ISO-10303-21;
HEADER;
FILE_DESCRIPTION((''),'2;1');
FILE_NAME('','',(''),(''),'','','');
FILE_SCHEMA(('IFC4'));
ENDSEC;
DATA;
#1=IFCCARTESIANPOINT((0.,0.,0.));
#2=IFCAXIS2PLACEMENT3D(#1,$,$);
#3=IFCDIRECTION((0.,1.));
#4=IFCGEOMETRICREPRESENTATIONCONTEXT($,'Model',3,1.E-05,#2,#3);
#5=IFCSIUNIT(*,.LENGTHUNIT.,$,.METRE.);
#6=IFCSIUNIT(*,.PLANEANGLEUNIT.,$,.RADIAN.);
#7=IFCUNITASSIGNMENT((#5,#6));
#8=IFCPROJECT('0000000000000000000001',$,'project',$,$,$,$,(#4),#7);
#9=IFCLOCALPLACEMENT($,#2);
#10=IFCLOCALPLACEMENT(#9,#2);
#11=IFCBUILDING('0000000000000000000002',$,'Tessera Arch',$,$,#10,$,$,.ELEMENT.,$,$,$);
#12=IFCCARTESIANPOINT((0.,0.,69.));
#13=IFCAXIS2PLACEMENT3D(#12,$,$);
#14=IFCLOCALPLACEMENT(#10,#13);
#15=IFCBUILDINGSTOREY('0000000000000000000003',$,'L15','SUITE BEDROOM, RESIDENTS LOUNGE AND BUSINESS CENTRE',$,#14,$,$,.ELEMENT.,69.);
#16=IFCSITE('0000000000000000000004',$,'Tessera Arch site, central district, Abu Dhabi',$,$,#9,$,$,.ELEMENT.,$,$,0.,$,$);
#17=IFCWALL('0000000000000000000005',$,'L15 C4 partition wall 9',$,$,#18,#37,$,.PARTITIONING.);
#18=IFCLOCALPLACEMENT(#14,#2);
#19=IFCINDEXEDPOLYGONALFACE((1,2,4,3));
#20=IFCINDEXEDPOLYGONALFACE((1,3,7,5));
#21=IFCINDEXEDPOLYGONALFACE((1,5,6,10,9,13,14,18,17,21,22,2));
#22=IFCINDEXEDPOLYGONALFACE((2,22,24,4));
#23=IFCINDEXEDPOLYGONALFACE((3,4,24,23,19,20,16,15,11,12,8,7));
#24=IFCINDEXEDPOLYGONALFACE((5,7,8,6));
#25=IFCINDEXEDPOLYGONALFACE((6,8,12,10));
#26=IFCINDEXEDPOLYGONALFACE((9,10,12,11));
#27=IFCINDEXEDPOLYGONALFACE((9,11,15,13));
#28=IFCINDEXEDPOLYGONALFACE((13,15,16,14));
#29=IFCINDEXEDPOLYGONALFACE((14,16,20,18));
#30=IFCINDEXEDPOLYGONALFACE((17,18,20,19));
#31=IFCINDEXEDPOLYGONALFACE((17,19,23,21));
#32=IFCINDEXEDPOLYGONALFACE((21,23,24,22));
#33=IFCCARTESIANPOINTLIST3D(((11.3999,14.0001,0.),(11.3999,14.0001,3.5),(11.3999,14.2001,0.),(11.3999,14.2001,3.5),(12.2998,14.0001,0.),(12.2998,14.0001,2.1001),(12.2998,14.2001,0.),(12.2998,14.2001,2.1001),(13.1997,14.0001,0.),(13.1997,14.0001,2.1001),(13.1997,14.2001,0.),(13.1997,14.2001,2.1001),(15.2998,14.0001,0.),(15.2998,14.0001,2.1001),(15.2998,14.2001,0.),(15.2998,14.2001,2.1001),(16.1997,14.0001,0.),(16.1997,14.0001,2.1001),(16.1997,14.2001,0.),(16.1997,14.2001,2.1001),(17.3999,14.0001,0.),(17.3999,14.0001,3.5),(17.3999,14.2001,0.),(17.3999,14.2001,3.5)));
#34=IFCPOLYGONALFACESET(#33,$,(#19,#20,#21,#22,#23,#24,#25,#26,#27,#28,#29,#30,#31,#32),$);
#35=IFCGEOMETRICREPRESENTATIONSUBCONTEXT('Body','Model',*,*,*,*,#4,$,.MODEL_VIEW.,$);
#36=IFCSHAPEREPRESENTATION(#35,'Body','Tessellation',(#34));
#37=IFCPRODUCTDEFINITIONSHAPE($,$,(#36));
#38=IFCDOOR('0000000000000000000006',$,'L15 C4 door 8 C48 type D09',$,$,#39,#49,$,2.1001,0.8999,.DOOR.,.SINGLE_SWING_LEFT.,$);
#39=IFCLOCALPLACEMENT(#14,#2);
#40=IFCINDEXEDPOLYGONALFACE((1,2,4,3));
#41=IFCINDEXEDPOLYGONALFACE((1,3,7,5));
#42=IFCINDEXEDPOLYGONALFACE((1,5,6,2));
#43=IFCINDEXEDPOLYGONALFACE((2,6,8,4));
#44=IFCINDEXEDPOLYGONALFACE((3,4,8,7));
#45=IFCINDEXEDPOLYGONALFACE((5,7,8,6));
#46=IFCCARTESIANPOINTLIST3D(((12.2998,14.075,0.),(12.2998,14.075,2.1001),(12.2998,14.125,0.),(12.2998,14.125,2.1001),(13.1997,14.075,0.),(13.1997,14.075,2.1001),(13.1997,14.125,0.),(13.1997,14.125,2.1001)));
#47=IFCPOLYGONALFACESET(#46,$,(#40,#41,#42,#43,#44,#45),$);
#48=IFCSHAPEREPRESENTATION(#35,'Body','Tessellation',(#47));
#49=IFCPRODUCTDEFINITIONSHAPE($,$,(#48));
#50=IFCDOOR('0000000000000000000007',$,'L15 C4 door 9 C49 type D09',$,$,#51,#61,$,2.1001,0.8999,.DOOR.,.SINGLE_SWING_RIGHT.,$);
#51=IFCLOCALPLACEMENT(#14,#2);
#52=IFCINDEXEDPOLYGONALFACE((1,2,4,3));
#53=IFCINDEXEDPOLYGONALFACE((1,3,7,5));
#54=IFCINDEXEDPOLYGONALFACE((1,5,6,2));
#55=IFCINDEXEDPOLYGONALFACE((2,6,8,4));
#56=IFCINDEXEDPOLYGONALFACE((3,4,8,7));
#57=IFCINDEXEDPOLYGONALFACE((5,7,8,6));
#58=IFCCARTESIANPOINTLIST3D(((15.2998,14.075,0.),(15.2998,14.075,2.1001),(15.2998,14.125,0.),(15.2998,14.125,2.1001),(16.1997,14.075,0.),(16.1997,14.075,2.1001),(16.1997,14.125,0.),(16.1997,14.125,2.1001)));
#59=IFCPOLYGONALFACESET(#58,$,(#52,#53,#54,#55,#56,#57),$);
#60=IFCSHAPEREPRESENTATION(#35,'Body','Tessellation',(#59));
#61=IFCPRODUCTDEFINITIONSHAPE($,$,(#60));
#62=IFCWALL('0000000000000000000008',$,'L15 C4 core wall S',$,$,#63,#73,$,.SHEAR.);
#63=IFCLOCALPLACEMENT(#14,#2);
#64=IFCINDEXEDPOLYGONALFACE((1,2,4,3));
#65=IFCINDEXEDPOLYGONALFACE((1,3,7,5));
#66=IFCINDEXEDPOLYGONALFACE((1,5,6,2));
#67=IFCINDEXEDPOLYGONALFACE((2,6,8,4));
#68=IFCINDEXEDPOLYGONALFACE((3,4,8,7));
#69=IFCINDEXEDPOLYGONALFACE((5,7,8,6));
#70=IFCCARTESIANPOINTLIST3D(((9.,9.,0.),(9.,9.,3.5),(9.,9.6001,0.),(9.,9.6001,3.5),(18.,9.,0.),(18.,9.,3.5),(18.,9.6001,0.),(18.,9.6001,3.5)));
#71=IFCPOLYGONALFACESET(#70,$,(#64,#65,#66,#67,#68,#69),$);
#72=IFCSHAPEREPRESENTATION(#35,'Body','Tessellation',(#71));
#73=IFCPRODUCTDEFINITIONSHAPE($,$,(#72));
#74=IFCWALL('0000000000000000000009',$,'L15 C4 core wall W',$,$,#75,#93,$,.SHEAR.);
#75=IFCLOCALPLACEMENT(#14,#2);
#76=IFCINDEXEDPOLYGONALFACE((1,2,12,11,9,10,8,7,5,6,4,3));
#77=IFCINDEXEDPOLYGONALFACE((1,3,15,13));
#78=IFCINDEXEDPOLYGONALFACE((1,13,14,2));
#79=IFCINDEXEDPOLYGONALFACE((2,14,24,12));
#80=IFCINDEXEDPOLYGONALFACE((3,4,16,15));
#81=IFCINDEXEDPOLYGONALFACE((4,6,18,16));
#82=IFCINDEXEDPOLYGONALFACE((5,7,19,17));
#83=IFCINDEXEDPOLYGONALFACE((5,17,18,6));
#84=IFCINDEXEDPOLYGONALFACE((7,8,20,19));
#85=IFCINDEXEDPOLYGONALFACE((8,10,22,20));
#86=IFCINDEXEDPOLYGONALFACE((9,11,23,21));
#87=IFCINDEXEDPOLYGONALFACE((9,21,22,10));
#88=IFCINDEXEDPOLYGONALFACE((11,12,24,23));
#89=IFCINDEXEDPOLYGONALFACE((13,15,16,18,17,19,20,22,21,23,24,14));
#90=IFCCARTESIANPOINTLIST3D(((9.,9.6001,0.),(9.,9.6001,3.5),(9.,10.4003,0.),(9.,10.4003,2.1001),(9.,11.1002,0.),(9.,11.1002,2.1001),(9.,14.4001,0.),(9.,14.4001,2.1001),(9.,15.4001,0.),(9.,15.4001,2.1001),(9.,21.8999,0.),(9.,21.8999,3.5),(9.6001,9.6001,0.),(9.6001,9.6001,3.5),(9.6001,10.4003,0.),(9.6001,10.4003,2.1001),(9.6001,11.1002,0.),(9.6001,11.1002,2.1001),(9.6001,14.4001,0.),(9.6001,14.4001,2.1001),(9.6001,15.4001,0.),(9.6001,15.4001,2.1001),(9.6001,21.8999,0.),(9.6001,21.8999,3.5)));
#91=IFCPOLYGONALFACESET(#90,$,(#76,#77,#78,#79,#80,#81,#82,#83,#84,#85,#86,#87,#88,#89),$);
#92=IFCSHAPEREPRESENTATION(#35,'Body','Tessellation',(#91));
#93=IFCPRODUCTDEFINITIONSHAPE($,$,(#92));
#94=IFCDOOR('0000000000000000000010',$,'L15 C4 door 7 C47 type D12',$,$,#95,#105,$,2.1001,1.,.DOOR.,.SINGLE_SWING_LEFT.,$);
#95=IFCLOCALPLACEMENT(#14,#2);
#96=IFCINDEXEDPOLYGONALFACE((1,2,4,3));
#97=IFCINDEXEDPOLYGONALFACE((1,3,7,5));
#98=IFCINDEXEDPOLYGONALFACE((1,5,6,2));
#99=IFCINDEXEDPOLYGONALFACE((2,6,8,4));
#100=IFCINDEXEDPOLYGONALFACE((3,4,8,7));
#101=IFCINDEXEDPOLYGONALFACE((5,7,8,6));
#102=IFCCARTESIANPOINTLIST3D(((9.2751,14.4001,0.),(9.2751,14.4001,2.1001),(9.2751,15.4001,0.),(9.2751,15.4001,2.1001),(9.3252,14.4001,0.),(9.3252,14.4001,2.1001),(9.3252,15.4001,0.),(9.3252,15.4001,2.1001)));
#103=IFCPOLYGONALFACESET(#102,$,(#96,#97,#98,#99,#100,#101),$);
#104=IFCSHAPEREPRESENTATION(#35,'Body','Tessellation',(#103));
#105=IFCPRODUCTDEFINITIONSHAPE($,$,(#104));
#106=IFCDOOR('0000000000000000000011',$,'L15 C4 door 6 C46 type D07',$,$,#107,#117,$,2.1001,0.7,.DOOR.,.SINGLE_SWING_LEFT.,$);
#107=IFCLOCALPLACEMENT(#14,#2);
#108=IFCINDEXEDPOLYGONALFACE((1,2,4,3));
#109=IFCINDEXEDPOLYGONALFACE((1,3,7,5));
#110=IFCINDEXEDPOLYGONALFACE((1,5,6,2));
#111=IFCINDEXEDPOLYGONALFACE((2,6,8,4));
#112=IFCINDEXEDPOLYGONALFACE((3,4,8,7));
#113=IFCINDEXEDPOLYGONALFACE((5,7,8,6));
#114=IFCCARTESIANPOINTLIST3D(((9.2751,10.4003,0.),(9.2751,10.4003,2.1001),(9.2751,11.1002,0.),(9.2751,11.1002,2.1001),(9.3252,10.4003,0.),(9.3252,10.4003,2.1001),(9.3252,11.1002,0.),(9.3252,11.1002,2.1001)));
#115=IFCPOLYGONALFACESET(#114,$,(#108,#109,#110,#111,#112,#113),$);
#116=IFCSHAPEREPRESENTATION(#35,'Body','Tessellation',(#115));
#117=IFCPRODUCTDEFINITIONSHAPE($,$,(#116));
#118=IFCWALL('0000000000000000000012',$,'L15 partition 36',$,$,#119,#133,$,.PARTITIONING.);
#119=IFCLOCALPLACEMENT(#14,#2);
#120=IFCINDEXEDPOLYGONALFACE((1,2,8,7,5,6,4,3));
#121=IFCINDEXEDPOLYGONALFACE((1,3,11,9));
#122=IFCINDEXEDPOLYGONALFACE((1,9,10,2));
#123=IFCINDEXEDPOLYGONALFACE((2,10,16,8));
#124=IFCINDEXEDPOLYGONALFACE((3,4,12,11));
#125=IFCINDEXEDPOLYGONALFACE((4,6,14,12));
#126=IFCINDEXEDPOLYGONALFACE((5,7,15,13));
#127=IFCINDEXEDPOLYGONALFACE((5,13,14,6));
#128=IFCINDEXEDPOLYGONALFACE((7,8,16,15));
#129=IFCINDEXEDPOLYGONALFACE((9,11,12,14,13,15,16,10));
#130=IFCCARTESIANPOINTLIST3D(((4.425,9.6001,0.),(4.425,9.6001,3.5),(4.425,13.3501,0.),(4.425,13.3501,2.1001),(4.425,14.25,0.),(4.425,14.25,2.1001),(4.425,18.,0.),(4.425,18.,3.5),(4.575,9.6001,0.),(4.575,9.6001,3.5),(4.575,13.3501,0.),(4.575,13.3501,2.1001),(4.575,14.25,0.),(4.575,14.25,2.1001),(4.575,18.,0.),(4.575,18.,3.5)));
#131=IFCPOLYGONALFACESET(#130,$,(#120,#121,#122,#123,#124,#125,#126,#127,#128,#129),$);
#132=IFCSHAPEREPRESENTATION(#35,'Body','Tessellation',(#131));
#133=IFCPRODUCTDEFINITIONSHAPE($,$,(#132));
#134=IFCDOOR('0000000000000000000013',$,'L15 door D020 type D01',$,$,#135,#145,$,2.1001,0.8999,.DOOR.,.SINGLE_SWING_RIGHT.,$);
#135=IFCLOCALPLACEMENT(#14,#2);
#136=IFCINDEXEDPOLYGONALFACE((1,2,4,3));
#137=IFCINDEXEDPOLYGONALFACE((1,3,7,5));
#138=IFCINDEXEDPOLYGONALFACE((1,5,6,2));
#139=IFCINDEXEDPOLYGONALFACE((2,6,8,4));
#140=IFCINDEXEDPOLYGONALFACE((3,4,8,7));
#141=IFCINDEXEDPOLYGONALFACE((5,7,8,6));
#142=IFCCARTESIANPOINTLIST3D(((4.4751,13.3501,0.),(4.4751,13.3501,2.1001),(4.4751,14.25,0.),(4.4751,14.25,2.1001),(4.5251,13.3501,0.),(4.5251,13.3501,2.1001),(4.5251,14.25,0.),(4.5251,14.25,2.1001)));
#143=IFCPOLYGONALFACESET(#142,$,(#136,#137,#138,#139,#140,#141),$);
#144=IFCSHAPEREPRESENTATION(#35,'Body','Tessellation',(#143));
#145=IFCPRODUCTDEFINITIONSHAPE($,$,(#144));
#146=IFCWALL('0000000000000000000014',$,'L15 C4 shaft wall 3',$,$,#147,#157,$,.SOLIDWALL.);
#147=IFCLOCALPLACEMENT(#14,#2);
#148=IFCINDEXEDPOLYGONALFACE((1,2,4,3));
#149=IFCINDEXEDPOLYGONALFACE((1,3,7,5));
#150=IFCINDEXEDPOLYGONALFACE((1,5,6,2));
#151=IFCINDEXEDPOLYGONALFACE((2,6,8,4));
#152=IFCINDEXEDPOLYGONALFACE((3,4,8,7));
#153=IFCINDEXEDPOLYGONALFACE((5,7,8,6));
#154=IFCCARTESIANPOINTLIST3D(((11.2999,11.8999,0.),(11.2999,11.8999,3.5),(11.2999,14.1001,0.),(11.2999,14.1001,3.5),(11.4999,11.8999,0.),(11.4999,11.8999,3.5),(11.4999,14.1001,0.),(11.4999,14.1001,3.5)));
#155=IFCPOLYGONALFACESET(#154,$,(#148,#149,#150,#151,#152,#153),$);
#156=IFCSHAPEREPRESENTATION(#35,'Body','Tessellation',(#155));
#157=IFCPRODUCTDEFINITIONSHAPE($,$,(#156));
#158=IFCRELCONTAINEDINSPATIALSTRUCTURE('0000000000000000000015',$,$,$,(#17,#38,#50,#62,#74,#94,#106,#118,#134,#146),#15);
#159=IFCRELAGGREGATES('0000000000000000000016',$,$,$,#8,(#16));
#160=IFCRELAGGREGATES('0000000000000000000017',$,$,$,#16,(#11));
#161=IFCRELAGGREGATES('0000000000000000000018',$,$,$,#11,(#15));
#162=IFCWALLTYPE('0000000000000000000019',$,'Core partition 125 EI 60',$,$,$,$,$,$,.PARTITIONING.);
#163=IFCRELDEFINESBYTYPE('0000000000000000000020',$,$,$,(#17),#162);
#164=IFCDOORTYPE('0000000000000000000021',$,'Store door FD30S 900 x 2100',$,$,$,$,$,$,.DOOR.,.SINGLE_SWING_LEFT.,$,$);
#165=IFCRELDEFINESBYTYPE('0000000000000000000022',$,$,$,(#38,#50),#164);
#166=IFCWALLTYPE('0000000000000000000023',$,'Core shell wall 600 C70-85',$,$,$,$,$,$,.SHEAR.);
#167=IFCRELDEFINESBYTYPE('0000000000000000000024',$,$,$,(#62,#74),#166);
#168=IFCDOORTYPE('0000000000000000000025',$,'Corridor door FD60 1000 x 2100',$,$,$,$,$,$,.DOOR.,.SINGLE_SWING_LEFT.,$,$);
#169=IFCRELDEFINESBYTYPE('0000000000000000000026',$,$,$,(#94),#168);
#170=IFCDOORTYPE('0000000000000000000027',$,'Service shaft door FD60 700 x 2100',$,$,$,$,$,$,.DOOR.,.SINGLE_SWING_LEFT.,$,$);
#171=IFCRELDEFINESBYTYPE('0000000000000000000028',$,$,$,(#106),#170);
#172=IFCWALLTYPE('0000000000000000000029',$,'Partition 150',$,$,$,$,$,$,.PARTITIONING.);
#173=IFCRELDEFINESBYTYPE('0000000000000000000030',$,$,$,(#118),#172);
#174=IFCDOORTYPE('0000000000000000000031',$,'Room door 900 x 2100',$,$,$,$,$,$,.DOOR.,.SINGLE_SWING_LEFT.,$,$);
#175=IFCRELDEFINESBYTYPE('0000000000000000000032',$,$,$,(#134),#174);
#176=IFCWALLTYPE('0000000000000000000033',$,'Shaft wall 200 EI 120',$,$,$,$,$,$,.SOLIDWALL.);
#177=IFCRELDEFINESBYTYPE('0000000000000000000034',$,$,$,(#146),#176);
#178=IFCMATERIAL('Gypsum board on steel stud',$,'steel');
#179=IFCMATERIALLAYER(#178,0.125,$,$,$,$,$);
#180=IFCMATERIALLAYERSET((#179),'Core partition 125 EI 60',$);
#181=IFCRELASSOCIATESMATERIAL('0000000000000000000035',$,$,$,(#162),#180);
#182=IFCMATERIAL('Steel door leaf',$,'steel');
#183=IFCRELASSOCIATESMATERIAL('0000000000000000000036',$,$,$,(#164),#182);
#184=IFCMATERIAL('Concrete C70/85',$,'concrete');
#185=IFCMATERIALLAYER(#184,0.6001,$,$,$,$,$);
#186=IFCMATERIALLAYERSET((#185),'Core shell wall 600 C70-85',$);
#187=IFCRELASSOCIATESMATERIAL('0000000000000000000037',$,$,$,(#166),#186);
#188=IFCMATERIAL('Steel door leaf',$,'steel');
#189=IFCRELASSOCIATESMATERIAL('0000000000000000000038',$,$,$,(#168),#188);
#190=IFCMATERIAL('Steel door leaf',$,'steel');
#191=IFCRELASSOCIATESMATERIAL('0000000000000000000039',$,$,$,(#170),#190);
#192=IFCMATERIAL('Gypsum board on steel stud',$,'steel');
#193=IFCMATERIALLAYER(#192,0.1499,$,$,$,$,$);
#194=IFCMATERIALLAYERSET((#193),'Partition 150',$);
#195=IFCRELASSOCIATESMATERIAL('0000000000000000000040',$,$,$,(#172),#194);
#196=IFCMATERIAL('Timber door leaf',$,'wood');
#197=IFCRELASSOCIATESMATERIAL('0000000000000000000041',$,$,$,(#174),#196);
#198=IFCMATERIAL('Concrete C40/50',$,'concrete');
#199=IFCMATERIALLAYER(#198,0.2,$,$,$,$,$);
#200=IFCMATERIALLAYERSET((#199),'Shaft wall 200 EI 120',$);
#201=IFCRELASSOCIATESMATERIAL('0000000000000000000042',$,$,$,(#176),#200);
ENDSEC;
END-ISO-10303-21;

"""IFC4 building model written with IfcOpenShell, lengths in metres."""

from ifc_helpers import new_model, si_unit, direction, frame, frame_2d, origin, place, context, subcontext, project, spatial, rectangle, extrude, material, layer, layer_set, type_object, element, fill, save


model = new_model("IFC4")

# Units and contexts
model_context = context("Model", 3, precision=1e-05, world=origin(), true_north=direction((0.0, 1.0)))
body_context = subcontext(model_context, "Body", "Model", "MODEL_VIEW")
ifc_project = project(units=[si_unit("LENGTHUNIT", "METRE"), si_unit("PLANEANGLEUNIT", "RADIAN")], contexts=[model_context])

# Site, building, storey
site_placement = place(None, origin())
site = spatial("IfcSite", under=ifc_project, at=site_placement, Name="Tessera Arch site, central district, Abu Dhabi", CompositionType="ELEMENT", RefElevation=0.0)
building_placement = place(site_placement, origin())
building = spatial("IfcBuilding", under=site, at=building_placement, Name="Tessera Arch", CompositionType="ELEMENT")
storey_placement = place(building_placement, frame((0.0, 0.0, 69.0)))
storey = spatial("IfcBuildingStorey", under=building, at=storey_placement, Name="L15", Description="SUITE BEDROOM, RESIDENTS LOUNGE AND BUSINESS CENTRE", CompositionType="ELEMENT", Elevation=69.0)

# Wall, openings, doors
ifc_material_1 = material(Name="Gypsum board on steel stud", Category="steel")
ifc_layer_1 = layer(ifc_material_1, 0.125)
ifc_layer_set_1 = layer_set([ifc_layer_1], Name="Core partition 125 EI 60")
wall_type_1 = type_object("IfcWallType", Name="Core partition 125 EI 60", PredefinedType="PARTITIONING", material=ifc_layer_set_1)
wall_1_placement = place(storey_placement, frame((11.3999, 14.1001, 0.0), z_axis=(0.0, 0.0, 1.0), x_axis=(1.0, 0.0, 0.0)))
wall_1 = element("IfcWall", 1, at=wall_1_placement, inside=storey, type_object=wall_type_1, Name="L15 C4 partition wall 9", PredefinedType="PARTITIONING", context=body_context, shape_type="SweptSolid", body=[
    extrude(rectangle(XDim=6.0, YDim=0.2, at=frame_2d((3.0, 0.0))), origin(), (0.0, 0.0, 1.0), 3.5),
])
opening_1_placement = place(wall_1_placement, frame((0.8999, 0.0, 0.0)))
opening_1 = element("IfcOpeningElement", 2, at=opening_1_placement, cuts=wall_1, PredefinedType="OPENING", context=body_context, shape_type="SweptSolid", body=[
    extrude(rectangle(XDim=0.8999, YDim=2.1001, at=frame_2d((0.45, 1.05))), frame((0.0, 0.1099, 0.0), z_axis=(0.0, -1.0, 0.0), x_axis=(1.0, 0.0, 0.0)), (0.0, 0.0, 1.0), 0.22),
])
opening_2_placement = place(wall_1_placement, frame((3.8999, 0.0, 0.0)))
opening_2 = element("IfcOpeningElement", 3, at=opening_2_placement, cuts=wall_1, PredefinedType="OPENING", context=body_context, shape_type="SweptSolid", body=[
    extrude(rectangle(XDim=0.8999, YDim=2.1001, at=frame_2d((0.45, 1.05))), frame((0.0, 0.1099, 0.0), z_axis=(0.0, -1.0, 0.0), x_axis=(1.0, 0.0, 0.0)), (0.0, 0.0, 1.0), 0.22),
])
ifc_material_2 = material(Name="Steel door leaf", Category="steel")
door_type_1 = type_object("IfcDoorType", Name="Store door FD30S 900 x 2100", OperationType="SINGLE_SWING_LEFT", PredefinedType="DOOR", material=ifc_material_2)
door_1_placement = place(opening_1_placement, origin())
door_1 = element("IfcDoor", 4, at=door_1_placement, inside=storey, type_object=door_type_1, Name="L15 C4 door 8 C48 type D09", OperationType="SINGLE_SWING_LEFT", OverallHeight=2.1001, OverallWidth=0.8999, PredefinedType="DOOR", context=body_context, shape_type="SweptSolid", body=[
    extrude(rectangle(XDim=0.8999, YDim=2.1001, at=frame_2d((0.45, 1.05))), frame((0.0, 0.0249, 0.0), z_axis=(0.0, -1.0, 0.0), x_axis=(1.0, 0.0, 0.0)), (0.0, 0.0, 1.0), 0.05),
])
fill(opening_1, door_1)
door_2_placement = place(opening_2_placement, origin())
door_2 = element("IfcDoor", 5, at=door_2_placement, inside=storey, type_object=door_type_1, Name="L15 C4 door 9 C49 type D09", OperationType="SINGLE_SWING_RIGHT", OverallHeight=2.1001, OverallWidth=0.8999, PredefinedType="DOOR", context=body_context, shape_type="SweptSolid", body=[
    extrude(rectangle(XDim=0.8999, YDim=2.1001, at=frame_2d((0.45, 1.05))), frame((0.0, 0.0249, 0.0), z_axis=(0.0, -1.0, 0.0), x_axis=(1.0, 0.0, 0.0)), (0.0, 0.0, 1.0), 0.05),
])
fill(opening_2, door_2)

# Wall
ifc_material_3 = material(Name="Concrete C70/85", Category="concrete")
ifc_layer_2 = layer(ifc_material_3, 0.6001)
ifc_layer_set_2 = layer_set([ifc_layer_2], Name="Core shell wall 600 C70-85")
wall_type_2 = type_object("IfcWallType", Name="Core shell wall 600 C70-85", PredefinedType="SHEAR", material=ifc_layer_set_2)
wall_2_placement = place(storey_placement, frame((9.0, 9.3, 0.0), z_axis=(0.0, 0.0, 1.0), x_axis=(1.0, 0.0, 0.0)))
element("IfcWall", 6, at=wall_2_placement, inside=storey, type_object=wall_type_2, Name="L15 C4 core wall S", PredefinedType="SHEAR", context=body_context, shape_type="SweptSolid", body=[
    extrude(rectangle(XDim=9.0, YDim=0.6001, at=frame_2d((4.5, 0.0))), origin(), (0.0, 0.0, 1.0), 3.5),
])

# Wall, openings, doors
wall_3_placement = place(storey_placement, frame((9.3, 9.6001, 0.0), z_axis=(0.0, 0.0, 1.0), x_axis=(0.0, 1.0, 0.0)))
wall_3 = element("IfcWall", 7, at=wall_3_placement, inside=storey, type_object=wall_type_2, Name="L15 C4 core wall W", PredefinedType="SHEAR", context=body_context, shape_type="SweptSolid", body=[
    extrude(rectangle(XDim=12.2998, YDim=0.6001, at=frame_2d((6.1499, 0.0))), origin(), (0.0, 0.0, 1.0), 3.5),
])
opening_3_placement = place(wall_3_placement, frame((0.8, 0.0, 0.0)))
opening_3 = element("IfcOpeningElement", 8, at=opening_3_placement, cuts=wall_3, PredefinedType="OPENING", context=body_context, shape_type="SweptSolid", body=[
    extrude(rectangle(XDim=0.7, YDim=2.1001, at=frame_2d((0.3501, 1.05))), frame((0.0, 0.3101, 0.0), z_axis=(0.0, -1.0, 0.0), x_axis=(1.0, 0.0, 0.0)), (0.0, 0.0, 1.0), 0.6201),
])
opening_4_placement = place(wall_3_placement, frame((4.8, 0.0, 0.0)))
opening_4 = element("IfcOpeningElement", 9, at=opening_4_placement, cuts=wall_3, PredefinedType="OPENING", context=body_context, shape_type="SweptSolid", body=[
    extrude(rectangle(XDim=1.0, YDim=2.1001, at=frame_2d((0.5, 1.05))), frame((0.0, 0.3101, 0.0), z_axis=(0.0, -1.0, 0.0), x_axis=(1.0, 0.0, 0.0)), (0.0, 0.0, 1.0), 0.6201),
])
ifc_material_4 = material(Name="Steel door leaf", Category="steel")
door_type_2 = type_object("IfcDoorType", Name="Corridor door FD60 1000 x 2100", OperationType="SINGLE_SWING_LEFT", PredefinedType="DOOR", material=ifc_material_4)
door_3_placement = place(opening_4_placement, origin())
door_3 = element("IfcDoor", 10, at=door_3_placement, inside=storey, type_object=door_type_2, Name="L15 C4 door 7 C47 type D12", OperationType="SINGLE_SWING_LEFT", OverallHeight=2.1001, OverallWidth=1.0, PredefinedType="DOOR", context=body_context, shape_type="SweptSolid", body=[
    extrude(rectangle(XDim=1.0, YDim=2.1001, at=frame_2d((0.5, 1.05))), frame((0.0, 0.0249, 0.0), z_axis=(0.0, -1.0, 0.0), x_axis=(1.0, 0.0, 0.0)), (0.0, 0.0, 1.0), 0.05),
])
fill(opening_4, door_3)
ifc_material_5 = material(Name="Steel door leaf", Category="steel")
door_type_3 = type_object("IfcDoorType", Name="Service shaft door FD60 700 x 2100", OperationType="SINGLE_SWING_LEFT", PredefinedType="DOOR", material=ifc_material_5)
door_4_placement = place(opening_3_placement, origin())
door_4 = element("IfcDoor", 11, at=door_4_placement, inside=storey, type_object=door_type_3, Name="L15 C4 door 6 C46 type D07", OperationType="SINGLE_SWING_LEFT", OverallHeight=2.1001, OverallWidth=0.7, PredefinedType="DOOR", context=body_context, shape_type="SweptSolid", body=[
    extrude(rectangle(XDim=0.7, YDim=2.1001, at=frame_2d((0.3501, 1.05))), frame((0.0, 0.0249, 0.0), z_axis=(0.0, -1.0, 0.0), x_axis=(1.0, 0.0, 0.0)), (0.0, 0.0, 1.0), 0.05),
])
fill(opening_3, door_4)

# Wall, opening, door
ifc_material_6 = material(Name="Gypsum board on steel stud", Category="steel")
ifc_layer_3 = layer(ifc_material_6, 0.1499)
ifc_layer_set_3 = layer_set([ifc_layer_3], Name="Partition 150")
wall_type_3 = type_object("IfcWallType", Name="Partition 150", PredefinedType="PARTITIONING", material=ifc_layer_set_3)
wall_4_placement = place(storey_placement, frame((4.5, 9.6001, 0.0), z_axis=(0.0, 0.0, 1.0), x_axis=(0.0, 1.0, 0.0)))
wall_4 = element("IfcWall", 12, at=wall_4_placement, inside=storey, type_object=wall_type_3, Name="L15 partition 36", PredefinedType="PARTITIONING", context=body_context, shape_type="SweptSolid", body=[
    extrude(rectangle(XDim=8.3999, YDim=0.1499, at=frame_2d((4.2, 0.0))), origin(), (0.0, 0.0, 1.0), 3.5),
])
opening_5_placement = place(wall_4_placement, frame((3.75, 0.0, 0.0)))
opening_5 = element("IfcOpeningElement", 13, at=opening_5_placement, cuts=wall_4, PredefinedType="OPENING", context=body_context, shape_type="SweptSolid", body=[
    extrude(rectangle(XDim=0.8999, YDim=2.1001, at=frame_2d((0.45, 1.05))), frame((0.0, 0.085, 0.0), z_axis=(0.0, -1.0, 0.0), x_axis=(1.0, 0.0, 0.0)), (0.0, 0.0, 1.0), 0.1699),
])
ifc_material_7 = material(Name="Timber door leaf", Category="wood")
door_type_4 = type_object("IfcDoorType", Name="Room door 900 x 2100", OperationType="SINGLE_SWING_LEFT", PredefinedType="DOOR", material=ifc_material_7)
door_5_placement = place(opening_5_placement, origin())
door_5 = element("IfcDoor", 14, at=door_5_placement, inside=storey, type_object=door_type_4, Name="L15 door D020 type D01", OperationType="SINGLE_SWING_RIGHT", OverallHeight=2.1001, OverallWidth=0.8999, PredefinedType="DOOR", context=body_context, shape_type="SweptSolid", body=[
    extrude(rectangle(XDim=0.8999, YDim=2.1001, at=frame_2d((0.45, 1.05))), frame((0.0, 0.0249, 0.0), z_axis=(0.0, -1.0, 0.0), x_axis=(1.0, 0.0, 0.0)), (0.0, 0.0, 1.0), 0.05),
])
fill(opening_5, door_5)

# Wall
ifc_material_8 = material(Name="Concrete C40/50", Category="concrete")
ifc_layer_4 = layer(ifc_material_8, 0.2)
ifc_layer_set_4 = layer_set([ifc_layer_4], Name="Shaft wall 200 EI 120")
wall_type_4 = type_object("IfcWallType", Name="Shaft wall 200 EI 120", PredefinedType="SOLIDWALL", material=ifc_layer_set_4)
wall_5_placement = place(storey_placement, frame((11.3999, 11.8999, 0.0), z_axis=(0.0, 0.0, 1.0), x_axis=(0.0, 1.0, 0.0)))
element("IfcWall", 15, at=wall_5_placement, inside=storey, type_object=wall_type_4, Name="L15 C4 shaft wall 3", PredefinedType="SOLIDWALL", context=body_context, shape_type="SweptSolid", body=[
    extrude(rectangle(XDim=2.2002, YDim=0.2, at=frame_2d((1.1001, 0.0))), origin(), (0.0, 0.0, 1.0), 3.5),
])

save(model, "model.ifc")
